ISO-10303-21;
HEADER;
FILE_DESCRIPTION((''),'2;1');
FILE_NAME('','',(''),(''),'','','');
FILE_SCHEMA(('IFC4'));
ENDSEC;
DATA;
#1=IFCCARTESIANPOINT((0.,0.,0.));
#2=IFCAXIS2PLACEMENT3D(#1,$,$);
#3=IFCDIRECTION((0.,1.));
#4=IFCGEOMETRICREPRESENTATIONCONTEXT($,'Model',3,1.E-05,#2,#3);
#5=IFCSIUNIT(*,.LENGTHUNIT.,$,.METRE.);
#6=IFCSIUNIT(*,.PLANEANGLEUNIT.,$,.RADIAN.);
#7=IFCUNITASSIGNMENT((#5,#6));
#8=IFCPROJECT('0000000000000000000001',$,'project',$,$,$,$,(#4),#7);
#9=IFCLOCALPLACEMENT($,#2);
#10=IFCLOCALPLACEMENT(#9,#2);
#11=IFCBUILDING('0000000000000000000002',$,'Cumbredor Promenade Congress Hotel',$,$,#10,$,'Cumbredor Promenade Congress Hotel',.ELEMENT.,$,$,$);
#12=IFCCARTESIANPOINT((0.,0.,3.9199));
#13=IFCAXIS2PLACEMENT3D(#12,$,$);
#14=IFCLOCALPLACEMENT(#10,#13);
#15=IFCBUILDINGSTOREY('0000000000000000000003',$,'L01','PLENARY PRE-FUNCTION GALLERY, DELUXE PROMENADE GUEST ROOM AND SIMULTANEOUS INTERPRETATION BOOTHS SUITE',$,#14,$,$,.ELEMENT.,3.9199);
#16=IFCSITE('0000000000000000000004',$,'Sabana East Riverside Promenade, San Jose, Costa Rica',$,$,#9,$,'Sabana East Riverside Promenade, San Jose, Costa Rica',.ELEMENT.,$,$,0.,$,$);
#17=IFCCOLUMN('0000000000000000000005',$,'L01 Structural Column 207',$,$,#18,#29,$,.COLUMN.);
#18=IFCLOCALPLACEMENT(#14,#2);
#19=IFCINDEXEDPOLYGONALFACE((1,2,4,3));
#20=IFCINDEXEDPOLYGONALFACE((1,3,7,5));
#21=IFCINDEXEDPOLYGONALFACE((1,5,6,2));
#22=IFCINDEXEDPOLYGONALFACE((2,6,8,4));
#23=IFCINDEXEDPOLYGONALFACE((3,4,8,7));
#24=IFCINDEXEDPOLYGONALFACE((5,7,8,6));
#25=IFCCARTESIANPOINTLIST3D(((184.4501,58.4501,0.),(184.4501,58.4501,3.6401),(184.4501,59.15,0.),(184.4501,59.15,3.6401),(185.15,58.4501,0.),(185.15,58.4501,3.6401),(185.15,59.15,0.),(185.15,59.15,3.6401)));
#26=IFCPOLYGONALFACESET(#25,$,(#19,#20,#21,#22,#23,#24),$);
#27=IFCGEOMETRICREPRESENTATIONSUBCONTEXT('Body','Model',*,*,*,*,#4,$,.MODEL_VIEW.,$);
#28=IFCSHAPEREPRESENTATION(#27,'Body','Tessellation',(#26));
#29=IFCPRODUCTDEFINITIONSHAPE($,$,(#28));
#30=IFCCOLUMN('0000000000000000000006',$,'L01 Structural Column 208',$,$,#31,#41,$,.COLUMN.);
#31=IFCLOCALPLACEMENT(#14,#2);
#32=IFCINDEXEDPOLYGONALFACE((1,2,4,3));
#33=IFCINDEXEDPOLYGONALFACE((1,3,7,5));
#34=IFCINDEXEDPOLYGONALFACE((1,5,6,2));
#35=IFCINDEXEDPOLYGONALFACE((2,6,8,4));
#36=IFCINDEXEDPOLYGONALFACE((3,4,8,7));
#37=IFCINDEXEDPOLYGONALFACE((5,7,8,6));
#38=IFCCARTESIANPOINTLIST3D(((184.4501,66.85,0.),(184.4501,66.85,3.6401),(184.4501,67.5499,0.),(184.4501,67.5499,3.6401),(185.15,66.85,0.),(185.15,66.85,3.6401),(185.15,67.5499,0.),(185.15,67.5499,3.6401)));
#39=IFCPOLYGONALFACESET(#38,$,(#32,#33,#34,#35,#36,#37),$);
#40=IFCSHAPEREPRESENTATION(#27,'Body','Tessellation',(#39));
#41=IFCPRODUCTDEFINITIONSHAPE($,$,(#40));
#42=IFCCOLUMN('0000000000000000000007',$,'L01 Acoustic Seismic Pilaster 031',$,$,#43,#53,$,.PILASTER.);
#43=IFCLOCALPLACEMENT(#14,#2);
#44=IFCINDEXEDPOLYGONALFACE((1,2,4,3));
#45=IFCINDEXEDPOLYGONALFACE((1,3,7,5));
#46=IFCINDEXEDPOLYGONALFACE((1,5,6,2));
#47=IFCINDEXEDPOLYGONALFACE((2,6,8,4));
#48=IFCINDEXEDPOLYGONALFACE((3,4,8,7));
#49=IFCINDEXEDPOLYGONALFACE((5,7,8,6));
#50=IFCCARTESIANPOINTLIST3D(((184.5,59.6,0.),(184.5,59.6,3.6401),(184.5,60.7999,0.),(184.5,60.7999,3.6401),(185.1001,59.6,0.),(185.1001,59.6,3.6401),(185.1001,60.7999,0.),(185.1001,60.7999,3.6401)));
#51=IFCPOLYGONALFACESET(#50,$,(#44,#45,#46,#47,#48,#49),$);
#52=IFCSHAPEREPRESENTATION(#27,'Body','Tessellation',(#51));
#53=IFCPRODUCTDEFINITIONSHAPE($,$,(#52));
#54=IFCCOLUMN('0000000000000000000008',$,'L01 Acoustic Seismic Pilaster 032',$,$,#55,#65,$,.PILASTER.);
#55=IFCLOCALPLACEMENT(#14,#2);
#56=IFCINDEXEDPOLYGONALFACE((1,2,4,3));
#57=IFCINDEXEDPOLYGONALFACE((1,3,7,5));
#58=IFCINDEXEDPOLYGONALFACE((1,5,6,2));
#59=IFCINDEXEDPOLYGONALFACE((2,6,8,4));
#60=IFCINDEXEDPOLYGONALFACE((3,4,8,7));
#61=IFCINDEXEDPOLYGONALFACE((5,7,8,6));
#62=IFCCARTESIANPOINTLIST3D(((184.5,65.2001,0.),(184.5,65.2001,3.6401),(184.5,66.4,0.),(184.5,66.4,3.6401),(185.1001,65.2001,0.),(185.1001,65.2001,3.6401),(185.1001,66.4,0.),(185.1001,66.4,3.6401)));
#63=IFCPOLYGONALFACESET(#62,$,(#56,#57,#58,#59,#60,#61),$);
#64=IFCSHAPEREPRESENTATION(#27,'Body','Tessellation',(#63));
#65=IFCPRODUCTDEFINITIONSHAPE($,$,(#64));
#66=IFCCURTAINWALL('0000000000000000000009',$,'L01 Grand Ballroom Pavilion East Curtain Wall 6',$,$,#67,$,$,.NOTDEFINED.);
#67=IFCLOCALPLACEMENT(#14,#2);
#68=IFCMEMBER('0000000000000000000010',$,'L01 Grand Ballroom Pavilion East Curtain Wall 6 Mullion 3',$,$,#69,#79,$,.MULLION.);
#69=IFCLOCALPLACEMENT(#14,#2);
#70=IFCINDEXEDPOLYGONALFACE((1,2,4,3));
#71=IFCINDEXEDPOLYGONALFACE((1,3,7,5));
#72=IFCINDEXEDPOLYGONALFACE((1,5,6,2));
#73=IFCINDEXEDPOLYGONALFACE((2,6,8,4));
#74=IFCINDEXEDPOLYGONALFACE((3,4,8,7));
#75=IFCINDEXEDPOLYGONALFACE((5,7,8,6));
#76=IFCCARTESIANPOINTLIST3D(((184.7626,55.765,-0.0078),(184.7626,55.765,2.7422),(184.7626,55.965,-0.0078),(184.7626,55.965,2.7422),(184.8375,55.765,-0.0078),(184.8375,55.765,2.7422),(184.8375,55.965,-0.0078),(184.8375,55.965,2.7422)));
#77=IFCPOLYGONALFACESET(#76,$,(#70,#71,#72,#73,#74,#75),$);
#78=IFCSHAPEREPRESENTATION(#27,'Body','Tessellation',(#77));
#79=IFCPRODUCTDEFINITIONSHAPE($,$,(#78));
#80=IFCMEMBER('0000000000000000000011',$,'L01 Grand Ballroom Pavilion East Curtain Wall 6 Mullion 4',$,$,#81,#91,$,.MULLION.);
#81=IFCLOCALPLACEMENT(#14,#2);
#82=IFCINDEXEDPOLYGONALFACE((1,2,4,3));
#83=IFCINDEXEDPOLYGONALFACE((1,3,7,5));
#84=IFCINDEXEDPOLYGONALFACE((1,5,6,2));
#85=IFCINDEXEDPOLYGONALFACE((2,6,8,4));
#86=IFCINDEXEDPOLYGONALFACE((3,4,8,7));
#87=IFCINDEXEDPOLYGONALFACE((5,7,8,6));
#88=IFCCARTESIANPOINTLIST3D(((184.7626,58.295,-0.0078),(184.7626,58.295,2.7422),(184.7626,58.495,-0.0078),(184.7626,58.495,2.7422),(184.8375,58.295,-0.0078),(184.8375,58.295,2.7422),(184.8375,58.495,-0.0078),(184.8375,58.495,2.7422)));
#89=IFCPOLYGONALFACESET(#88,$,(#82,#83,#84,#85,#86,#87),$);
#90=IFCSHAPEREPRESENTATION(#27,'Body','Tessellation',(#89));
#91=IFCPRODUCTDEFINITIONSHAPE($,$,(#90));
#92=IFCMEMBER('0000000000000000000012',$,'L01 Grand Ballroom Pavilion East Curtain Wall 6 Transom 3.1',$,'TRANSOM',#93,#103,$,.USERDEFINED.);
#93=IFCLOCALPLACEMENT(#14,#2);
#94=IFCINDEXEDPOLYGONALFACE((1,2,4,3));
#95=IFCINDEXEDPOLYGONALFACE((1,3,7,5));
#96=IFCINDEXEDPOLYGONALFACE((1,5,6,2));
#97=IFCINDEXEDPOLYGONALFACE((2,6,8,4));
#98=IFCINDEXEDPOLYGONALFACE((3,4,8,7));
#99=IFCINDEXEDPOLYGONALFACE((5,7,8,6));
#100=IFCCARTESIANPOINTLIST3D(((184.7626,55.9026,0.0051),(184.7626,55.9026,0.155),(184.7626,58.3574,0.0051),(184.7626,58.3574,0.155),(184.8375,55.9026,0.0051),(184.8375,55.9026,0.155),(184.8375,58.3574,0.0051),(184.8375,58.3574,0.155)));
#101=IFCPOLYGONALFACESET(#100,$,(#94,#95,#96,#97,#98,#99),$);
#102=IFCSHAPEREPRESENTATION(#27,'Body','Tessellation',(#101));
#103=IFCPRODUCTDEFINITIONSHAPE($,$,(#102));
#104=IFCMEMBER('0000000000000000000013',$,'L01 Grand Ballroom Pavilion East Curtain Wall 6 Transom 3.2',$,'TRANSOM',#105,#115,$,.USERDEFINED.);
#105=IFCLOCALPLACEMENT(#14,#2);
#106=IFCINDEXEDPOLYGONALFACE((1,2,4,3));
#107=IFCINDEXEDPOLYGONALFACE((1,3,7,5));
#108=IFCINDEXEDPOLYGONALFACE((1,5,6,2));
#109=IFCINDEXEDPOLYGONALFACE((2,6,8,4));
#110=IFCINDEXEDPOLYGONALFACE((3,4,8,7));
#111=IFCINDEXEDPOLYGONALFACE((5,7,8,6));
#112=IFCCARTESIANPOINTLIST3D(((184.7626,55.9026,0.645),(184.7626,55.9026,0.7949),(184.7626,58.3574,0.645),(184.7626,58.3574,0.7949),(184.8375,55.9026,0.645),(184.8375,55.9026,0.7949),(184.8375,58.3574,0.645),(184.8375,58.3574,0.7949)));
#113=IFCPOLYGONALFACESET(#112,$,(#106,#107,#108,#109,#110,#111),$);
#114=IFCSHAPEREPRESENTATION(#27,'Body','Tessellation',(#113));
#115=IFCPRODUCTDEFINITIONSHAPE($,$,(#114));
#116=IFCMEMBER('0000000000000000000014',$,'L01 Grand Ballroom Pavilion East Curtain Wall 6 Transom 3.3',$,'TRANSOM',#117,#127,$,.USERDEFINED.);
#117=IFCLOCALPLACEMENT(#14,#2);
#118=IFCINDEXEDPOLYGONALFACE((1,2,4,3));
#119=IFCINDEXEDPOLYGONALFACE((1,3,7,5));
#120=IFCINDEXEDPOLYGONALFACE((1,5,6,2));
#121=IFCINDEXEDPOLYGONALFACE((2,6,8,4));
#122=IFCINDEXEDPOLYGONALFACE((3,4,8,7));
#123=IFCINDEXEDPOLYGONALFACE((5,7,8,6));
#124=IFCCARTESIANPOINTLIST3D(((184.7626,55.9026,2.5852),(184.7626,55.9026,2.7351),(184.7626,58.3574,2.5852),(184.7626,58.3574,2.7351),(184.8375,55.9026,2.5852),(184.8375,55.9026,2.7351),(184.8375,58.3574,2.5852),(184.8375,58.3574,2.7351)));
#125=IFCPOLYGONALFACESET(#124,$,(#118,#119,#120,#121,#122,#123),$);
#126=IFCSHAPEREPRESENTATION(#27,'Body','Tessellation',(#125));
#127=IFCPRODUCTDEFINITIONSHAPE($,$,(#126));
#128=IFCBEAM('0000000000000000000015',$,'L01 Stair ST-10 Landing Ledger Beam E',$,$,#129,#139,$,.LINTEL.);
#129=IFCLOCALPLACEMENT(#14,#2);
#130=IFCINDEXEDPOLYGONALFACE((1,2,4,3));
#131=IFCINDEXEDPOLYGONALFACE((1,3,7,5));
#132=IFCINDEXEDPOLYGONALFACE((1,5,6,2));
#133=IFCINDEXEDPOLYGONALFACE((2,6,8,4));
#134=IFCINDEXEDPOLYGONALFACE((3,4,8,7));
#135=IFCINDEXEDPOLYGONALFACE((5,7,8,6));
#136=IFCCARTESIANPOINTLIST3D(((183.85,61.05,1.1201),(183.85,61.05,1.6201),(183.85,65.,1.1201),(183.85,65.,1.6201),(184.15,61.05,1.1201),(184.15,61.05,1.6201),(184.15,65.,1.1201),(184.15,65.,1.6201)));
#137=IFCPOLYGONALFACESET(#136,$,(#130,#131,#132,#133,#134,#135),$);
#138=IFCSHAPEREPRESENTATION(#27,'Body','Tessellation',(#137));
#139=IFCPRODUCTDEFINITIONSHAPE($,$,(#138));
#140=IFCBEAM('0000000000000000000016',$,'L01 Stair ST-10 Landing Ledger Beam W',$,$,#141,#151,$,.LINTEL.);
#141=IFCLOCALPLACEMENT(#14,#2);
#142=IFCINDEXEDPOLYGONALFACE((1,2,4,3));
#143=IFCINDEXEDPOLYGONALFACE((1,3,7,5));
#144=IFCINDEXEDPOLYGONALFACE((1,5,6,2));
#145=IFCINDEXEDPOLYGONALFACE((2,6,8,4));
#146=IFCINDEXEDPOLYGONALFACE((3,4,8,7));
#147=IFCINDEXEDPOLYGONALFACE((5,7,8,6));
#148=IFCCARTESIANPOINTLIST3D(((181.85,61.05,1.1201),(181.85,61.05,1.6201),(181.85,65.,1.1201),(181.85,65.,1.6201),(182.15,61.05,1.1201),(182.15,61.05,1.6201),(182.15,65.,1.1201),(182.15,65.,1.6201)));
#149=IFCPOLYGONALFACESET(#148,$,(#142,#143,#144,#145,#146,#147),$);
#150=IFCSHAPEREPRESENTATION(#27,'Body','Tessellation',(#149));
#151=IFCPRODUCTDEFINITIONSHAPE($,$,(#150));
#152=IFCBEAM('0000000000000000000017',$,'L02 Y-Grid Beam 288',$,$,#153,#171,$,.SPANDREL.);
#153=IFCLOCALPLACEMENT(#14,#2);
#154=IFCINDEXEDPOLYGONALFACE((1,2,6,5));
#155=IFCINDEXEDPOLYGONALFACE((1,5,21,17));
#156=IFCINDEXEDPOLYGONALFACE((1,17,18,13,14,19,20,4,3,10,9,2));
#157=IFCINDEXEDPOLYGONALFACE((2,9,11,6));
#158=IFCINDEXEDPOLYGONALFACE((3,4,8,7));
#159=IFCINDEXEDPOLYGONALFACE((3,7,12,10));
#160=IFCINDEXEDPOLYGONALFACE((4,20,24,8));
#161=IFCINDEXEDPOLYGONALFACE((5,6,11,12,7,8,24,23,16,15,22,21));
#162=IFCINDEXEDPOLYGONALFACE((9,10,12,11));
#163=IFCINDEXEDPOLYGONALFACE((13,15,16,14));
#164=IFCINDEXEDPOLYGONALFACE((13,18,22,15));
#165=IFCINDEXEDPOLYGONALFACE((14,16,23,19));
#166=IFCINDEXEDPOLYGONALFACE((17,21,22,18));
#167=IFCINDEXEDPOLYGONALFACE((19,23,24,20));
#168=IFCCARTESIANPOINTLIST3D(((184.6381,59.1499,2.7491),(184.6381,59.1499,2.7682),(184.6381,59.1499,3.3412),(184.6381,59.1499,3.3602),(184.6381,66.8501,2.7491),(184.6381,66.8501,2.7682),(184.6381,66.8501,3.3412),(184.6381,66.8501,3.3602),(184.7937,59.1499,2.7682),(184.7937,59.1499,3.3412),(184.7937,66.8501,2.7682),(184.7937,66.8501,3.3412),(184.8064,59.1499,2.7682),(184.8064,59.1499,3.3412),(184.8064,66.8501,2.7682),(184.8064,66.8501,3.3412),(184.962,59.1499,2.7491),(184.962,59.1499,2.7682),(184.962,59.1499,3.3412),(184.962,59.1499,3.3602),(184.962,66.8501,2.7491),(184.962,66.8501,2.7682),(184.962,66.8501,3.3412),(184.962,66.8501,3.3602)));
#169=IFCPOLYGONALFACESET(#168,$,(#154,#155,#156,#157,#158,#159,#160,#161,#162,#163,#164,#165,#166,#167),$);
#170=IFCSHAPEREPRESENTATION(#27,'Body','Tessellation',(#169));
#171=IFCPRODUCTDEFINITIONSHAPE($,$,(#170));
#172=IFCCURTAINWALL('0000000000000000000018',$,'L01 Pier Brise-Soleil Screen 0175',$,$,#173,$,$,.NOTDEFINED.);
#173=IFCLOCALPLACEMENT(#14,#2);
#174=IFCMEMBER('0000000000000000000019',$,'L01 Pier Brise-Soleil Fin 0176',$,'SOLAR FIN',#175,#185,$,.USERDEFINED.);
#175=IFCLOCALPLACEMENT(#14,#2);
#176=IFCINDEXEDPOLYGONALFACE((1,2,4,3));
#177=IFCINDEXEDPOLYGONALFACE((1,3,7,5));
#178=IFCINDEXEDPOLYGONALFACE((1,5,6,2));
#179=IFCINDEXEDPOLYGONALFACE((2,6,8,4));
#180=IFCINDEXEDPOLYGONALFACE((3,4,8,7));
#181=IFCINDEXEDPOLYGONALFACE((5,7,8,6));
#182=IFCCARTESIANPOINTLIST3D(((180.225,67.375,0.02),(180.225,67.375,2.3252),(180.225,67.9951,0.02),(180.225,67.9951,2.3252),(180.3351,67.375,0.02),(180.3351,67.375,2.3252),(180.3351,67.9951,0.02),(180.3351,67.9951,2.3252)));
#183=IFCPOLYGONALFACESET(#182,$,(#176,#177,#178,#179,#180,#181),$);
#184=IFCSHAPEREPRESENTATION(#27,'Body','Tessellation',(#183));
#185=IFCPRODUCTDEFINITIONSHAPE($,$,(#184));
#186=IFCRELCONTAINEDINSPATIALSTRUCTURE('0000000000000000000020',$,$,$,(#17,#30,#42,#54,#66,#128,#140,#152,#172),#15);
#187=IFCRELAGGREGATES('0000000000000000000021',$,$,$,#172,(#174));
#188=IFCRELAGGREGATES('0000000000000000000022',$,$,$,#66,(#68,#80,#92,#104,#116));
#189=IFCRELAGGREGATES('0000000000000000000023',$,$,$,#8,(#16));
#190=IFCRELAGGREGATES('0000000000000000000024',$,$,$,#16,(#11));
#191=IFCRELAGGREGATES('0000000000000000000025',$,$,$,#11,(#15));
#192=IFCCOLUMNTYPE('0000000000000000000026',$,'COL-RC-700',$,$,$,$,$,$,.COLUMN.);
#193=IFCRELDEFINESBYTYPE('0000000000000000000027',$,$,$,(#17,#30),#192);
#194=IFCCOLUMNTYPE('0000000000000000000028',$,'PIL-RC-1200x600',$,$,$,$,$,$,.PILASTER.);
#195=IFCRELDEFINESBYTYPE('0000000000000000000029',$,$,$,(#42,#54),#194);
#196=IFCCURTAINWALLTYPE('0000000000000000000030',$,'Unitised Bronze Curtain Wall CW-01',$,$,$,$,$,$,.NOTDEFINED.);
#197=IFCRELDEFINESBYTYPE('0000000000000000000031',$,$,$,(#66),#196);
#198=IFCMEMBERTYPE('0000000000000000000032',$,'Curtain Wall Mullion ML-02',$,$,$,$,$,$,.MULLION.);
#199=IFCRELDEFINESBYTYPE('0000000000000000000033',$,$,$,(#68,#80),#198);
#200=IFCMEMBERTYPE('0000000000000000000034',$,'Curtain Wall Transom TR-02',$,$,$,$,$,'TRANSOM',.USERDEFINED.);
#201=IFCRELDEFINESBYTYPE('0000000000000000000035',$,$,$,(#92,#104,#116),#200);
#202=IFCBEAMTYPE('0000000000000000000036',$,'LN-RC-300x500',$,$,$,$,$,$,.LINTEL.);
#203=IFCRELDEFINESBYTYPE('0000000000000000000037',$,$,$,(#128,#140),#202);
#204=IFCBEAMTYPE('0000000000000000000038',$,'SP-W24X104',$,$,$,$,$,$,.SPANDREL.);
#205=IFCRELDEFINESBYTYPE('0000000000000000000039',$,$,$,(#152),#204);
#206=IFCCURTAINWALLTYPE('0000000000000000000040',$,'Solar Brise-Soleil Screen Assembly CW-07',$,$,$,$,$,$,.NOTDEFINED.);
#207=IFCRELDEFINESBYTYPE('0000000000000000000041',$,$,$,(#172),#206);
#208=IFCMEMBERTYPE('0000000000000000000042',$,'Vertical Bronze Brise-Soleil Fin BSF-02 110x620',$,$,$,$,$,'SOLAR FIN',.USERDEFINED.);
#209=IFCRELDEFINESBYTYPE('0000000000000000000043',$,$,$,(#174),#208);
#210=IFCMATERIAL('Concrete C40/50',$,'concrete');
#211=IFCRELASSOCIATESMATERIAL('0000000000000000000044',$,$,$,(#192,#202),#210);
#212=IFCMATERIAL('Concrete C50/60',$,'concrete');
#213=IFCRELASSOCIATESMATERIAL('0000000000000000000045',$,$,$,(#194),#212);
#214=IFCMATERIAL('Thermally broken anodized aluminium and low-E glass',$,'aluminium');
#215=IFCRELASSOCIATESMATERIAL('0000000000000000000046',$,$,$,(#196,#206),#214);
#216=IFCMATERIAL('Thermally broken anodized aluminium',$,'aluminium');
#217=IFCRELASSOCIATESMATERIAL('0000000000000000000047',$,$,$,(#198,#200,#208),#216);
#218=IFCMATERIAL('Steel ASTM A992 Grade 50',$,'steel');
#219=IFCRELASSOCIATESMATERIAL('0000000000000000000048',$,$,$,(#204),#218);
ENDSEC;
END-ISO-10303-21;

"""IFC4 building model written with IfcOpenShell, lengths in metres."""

from ifc_helpers import new_model, si_unit, direction, frame, origin, origin_2d, place, context, subcontext, project, spatial, rectangle, i_section, extrude, material, material_profile, profile_set, type_object, element, aggregate, save


model = new_model("IFC4")

# Units and contexts
model_context = context("Model", 3, precision=1e-05, world=origin(), true_north=direction((0.0, 1.0)))
body_context = subcontext(model_context, "Body", "Model", "MODEL_VIEW")
ifc_project = project(units=[si_unit("LENGTHUNIT", "METRE"), si_unit("PLANEANGLEUNIT", "RADIAN")], contexts=[model_context])

# Site, building, storey
site_placement = place(None, origin())
site = spatial("IfcSite", under=ifc_project, at=site_placement, Name="Sabana East Riverside Promenade, San Jose, Costa Rica", LongName="Sabana East Riverside Promenade, San Jose, Costa Rica", CompositionType="ELEMENT", RefElevation=0.0)
building_placement = place(site_placement, origin())
building = spatial("IfcBuilding", under=site, at=building_placement, Name="Cumbredor Promenade Congress Hotel", LongName="Cumbredor Promenade Congress Hotel", CompositionType="ELEMENT")
storey_placement = place(building_placement, frame((0.0, 0.0, 3.9199)))
storey = spatial("IfcBuildingStorey", under=building, at=storey_placement, Name="L01", Description="PLENARY PRE-FUNCTION GALLERY, DELUXE PROMENADE GUEST ROOM AND SIMULTANEOUS INTERPRETATION BOOTHS SUITE", CompositionType="ELEMENT", Elevation=3.9199)

# Columns
ifc_material_1 = material(Name="Concrete C40/50", Category="concrete")
ifc_material_profile_1 = material_profile(ifc_material_1, rectangle(XDim=0.7, YDim=0.7, at=origin_2d()), Name="RC 700x700")
ifc_profile_set_1 = profile_set([ifc_material_profile_1], Name="Concrete C40/50")
column_type_1 = type_object("IfcColumnType", Name="COL-RC-700", PredefinedType="COLUMN", material=ifc_profile_set_1)
for number, where, z_axis, x_axis, name in (
    (1, (184.8, 58.8, 0.0), (0.0, 0.0, 1.0), (1.0, 0.0, 0.0), "L01 Structural Column 207"),
    (2, (184.8, 67.2, 0.0), (0.0, 0.0, 1.0), (1.0, 0.0, 0.0), "L01 Structural Column 208"),
):
    element("IfcColumn", number, at=place(storey_placement, frame(where, z_axis=z_axis, x_axis=x_axis)), inside=storey, type_object=column_type_1, Name=name, PredefinedType="COLUMN", context=body_context, shape_type="SweptSolid", body=[
        extrude(rectangle(XDim=0.7, YDim=0.7, at=origin_2d()), origin(), (0.0, 0.0, 1.0), 3.6401),
    ])
ifc_material_2 = material(Name="Concrete C50/60", Category="concrete")
ifc_material_profile_2 = material_profile(ifc_material_2, rectangle(XDim=0.6001, YDim=1.2, at=origin_2d()), Name="RC PILASTER 1200x600")
ifc_profile_set_2 = profile_set([ifc_material_profile_2], Name="Concrete C50/60")
column_type_2 = type_object("IfcColumnType", Name="PIL-RC-1200x600", PredefinedType="PILASTER", material=ifc_profile_set_2)
for number, where, z_axis, x_axis, name in (
    (3, (184.8, 60.2, 0.0), (0.0, 0.0, 1.0), (1.0, 0.0, 0.0), "L01 Acoustic Seismic Pilaster 031"),
    (4, (184.8, 65.8, 0.0), (0.0, 0.0, 1.0), (1.0, 0.0, 0.0), "L01 Acoustic Seismic Pilaster 032"),
):
    element("IfcColumn", number, at=place(storey_placement, frame(where, z_axis=z_axis, x_axis=x_axis)), inside=storey, type_object=column_type_2, Name=name, PredefinedType="PILASTER", context=body_context, shape_type="SweptSolid", body=[
        extrude(rectangle(XDim=0.6001, YDim=1.2, at=origin_2d()), origin(), (0.0, 0.0, 1.0), 3.6401),
    ])

# Curtain wall, members
ifc_material_3 = material(Name="Thermally broken anodized aluminium and low-E glass", Category="aluminium")
curtain_wall_type_1 = type_object("IfcCurtainWallType", Name="Unitised Bronze Curtain Wall CW-01", PredefinedType="NOTDEFINED", material=ifc_material_3)
curtain_wall_1_placement = place(storey_placement, origin())
curtain_wall_1 = element("IfcCurtainWall", 5, at=curtain_wall_1_placement, inside=storey, type_object=curtain_wall_type_1, Name="L01 Grand Ballroom Pavilion East Curtain Wall 6", PredefinedType="NOTDEFINED")
ifc_material_4 = material(Name="Thermally broken anodized aluminium", Category="aluminium")
ifc_material_profile_3 = material_profile(ifc_material_4, rectangle(XDim=0.075, YDim=0.2, at=origin_2d()), Name="ALU MULLION 75x200")
ifc_profile_set_3 = profile_set([ifc_material_profile_3], Name="Thermally broken anodized aluminium")
member_type_1 = type_object("IfcMemberType", Name="Curtain Wall Mullion ML-02", PredefinedType="MULLION", material=ifc_profile_set_3)
member_1_placement = place(storey_placement, frame((184.8, 55.865, -0.0078), z_axis=(0.0, 0.0, 1.0), x_axis=(1.0, 0.0, 0.0)))
member_1 = element("IfcMember", 6, at=member_1_placement, type_object=member_type_1, Name="L01 Grand Ballroom Pavilion East Curtain Wall 6 Mullion 3", PredefinedType="MULLION", context=body_context, shape_type="SweptSolid", body=[
    extrude(rectangle(XDim=0.075, YDim=0.2, at=origin_2d()), origin(), (0.0, 0.0, 1.0), 2.75),
])
member_2_placement = place(storey_placement, frame((184.8, 58.395, -0.0078), z_axis=(0.0, 0.0, 1.0), x_axis=(1.0, 0.0, 0.0)))
member_2 = element("IfcMember", 7, at=member_2_placement, type_object=member_type_1, Name="L01 Grand Ballroom Pavilion East Curtain Wall 6 Mullion 4", PredefinedType="MULLION", context=body_context, shape_type="SweptSolid", body=[
    extrude(rectangle(XDim=0.075, YDim=0.2, at=origin_2d()), origin(), (0.0, 0.0, 1.0), 2.75),
])
ifc_material_profile_4 = material_profile(ifc_material_4, rectangle(XDim=0.075, YDim=0.1499, at=origin_2d()), Name="ALU TRANSOM 75x150")
ifc_profile_set_4 = profile_set([ifc_material_profile_4], Name="Thermally broken anodized aluminium")
member_type_2 = type_object("IfcMemberType", Name="Curtain Wall Transom TR-02", ElementType="TRANSOM", PredefinedType="USERDEFINED", material=ifc_profile_set_4)
member_3_placement = place(storey_placement, frame((184.8, 55.9026, 0.0801), z_axis=(0.0, 1.0, 0.0), x_axis=(-1.0, 0.0, 0.0)))
member_3 = element("IfcMember", 8, at=member_3_placement, type_object=member_type_2, Name="L01 Grand Ballroom Pavilion East Curtain Wall 6 Transom 3.1", ObjectType="TRANSOM", PredefinedType="USERDEFINED", context=body_context, shape_type="SweptSolid", body=[
    extrude(rectangle(XDim=0.075, YDim=0.1499, at=origin_2d()), origin(), (0.0, 0.0, 1.0), 2.4548),
])
member_4_placement = place(storey_placement, frame((184.8, 55.9026, 0.72), z_axis=(0.0, 1.0, 0.0), x_axis=(-1.0, 0.0, 0.0)))
member_4 = element("IfcMember", 9, at=member_4_placement, type_object=member_type_2, Name="L01 Grand Ballroom Pavilion East Curtain Wall 6 Transom 3.2", ObjectType="TRANSOM", PredefinedType="USERDEFINED", context=body_context, shape_type="SweptSolid", body=[
    extrude(rectangle(XDim=0.075, YDim=0.1499, at=origin_2d()), origin(), (0.0, 0.0, 1.0), 2.4548),
])
member_5_placement = place(storey_placement, frame((184.8, 55.9026, 2.6602), z_axis=(0.0, 1.0, 0.0), x_axis=(-1.0, 0.0, 0.0)))
member_5 = element("IfcMember", 10, at=member_5_placement, type_object=member_type_2, Name="L01 Grand Ballroom Pavilion East Curtain Wall 6 Transom 3.3", ObjectType="TRANSOM", PredefinedType="USERDEFINED", context=body_context, shape_type="SweptSolid", body=[
    extrude(rectangle(XDim=0.075, YDim=0.1499, at=origin_2d()), origin(), (0.0, 0.0, 1.0), 2.4548),
])

# Beams
ifc_material_profile_5 = material_profile(ifc_material_1, rectangle(XDim=0.3, YDim=0.5, at=origin_2d()), Name="RC LINTEL 300x500")
ifc_profile_set_5 = profile_set([ifc_material_profile_5], Name="Concrete C40/50")
beam_type_1 = type_object("IfcBeamType", Name="LN-RC-300x500", PredefinedType="LINTEL", material=ifc_profile_set_5)
for number, where, z_axis, x_axis, name in (
    (11, (184.0, 61.05, 1.3701), (0.0, 1.0, 0.0), (-1.0, 0.0, 0.0), "L01 Stair ST-10 Landing Ledger Beam E"),
    (12, (182.0, 61.05, 1.3701), (0.0, 1.0, 0.0), (-1.0, 0.0, 0.0), "L01 Stair ST-10 Landing Ledger Beam W"),
):
    element("IfcBeam", number, at=place(storey_placement, frame(where, z_axis=z_axis, x_axis=x_axis)), inside=storey, type_object=beam_type_1, Name=name, PredefinedType="LINTEL", context=body_context, shape_type="SweptSolid", body=[
        extrude(rectangle(XDim=0.3, YDim=0.5, at=origin_2d()), origin(), (0.0, 0.0, 1.0), 3.95),
    ])
ifc_material_5 = material(Name="Steel ASTM A992 Grade 50", Category="steel")
ifc_material_profile_6 = material_profile(ifc_material_5, i_section(OverallWidth=0.324, OverallDepth=0.6111, WebThickness=0.0127, FlangeThickness=0.019, at=origin_2d()), Name="W24X104")
ifc_profile_set_6 = profile_set([ifc_material_profile_6], Name="Steel ASTM A992 Grade 50")
beam_type_2 = type_object("IfcBeamType", Name="SP-W24X104", PredefinedType="SPANDREL", material=ifc_profile_set_6)
beam_placement = place(storey_placement, frame((184.8, 59.1499, 3.0547), z_axis=(0.0, 1.0, 0.0), x_axis=(-1.0, 0.0, 0.0)))
element("IfcBeam", 13, at=beam_placement, inside=storey, type_object=beam_type_2, Name="L02 Y-Grid Beam 288", PredefinedType="SPANDREL", context=body_context, shape_type="SweptSolid", body=[
    extrude(i_section(OverallWidth=0.324, OverallDepth=0.6111, WebThickness=0.0127, FlangeThickness=0.019, at=origin_2d()), origin(), (0.0, 0.0, 1.0), 7.7002),
])

# Curtain wall, member
curtain_wall_type_2 = type_object("IfcCurtainWallType", Name="Solar Brise-Soleil Screen Assembly CW-07", PredefinedType="NOTDEFINED", material=ifc_material_3)
curtain_wall_2_placement = place(storey_placement, origin())
curtain_wall_2 = element("IfcCurtainWall", 14, at=curtain_wall_2_placement, inside=storey, type_object=curtain_wall_type_2, Name="L01 Pier Brise-Soleil Screen 0175", PredefinedType="NOTDEFINED")
ifc_material_profile_7 = material_profile(ifc_material_4, rectangle(XDim=0.1101, YDim=0.6201, at=origin_2d()), Name="ARCH FIN 110x620")
ifc_profile_set_7 = profile_set([ifc_material_profile_7], Name="Thermally broken anodized aluminium")
member_type_3 = type_object("IfcMemberType", Name="Vertical Bronze Brise-Soleil Fin BSF-02 110x620", ElementType="SOLAR FIN", PredefinedType="USERDEFINED", material=ifc_profile_set_7)
member_6_placement = place(storey_placement, frame((180.28, 67.6851, 0.02), z_axis=(0.0, 0.0, 1.0), x_axis=(1.0, 0.0, 0.0)))
member_6 = element("IfcMember", 15, at=member_6_placement, type_object=member_type_3, Name="L01 Pier Brise-Soleil Fin 0176", ObjectType="SOLAR FIN", PredefinedType="USERDEFINED", context=body_context, shape_type="SweptSolid", body=[
    extrude(rectangle(XDim=0.1101, YDim=0.6201, at=origin_2d()), origin(), (0.0, 0.0, 1.0), 2.3052),
])
aggregate(curtain_wall_2, [member_6])

aggregate(curtain_wall_1, [member_1, member_2, member_3, member_4, member_5])

save(model, "model.ifc")
